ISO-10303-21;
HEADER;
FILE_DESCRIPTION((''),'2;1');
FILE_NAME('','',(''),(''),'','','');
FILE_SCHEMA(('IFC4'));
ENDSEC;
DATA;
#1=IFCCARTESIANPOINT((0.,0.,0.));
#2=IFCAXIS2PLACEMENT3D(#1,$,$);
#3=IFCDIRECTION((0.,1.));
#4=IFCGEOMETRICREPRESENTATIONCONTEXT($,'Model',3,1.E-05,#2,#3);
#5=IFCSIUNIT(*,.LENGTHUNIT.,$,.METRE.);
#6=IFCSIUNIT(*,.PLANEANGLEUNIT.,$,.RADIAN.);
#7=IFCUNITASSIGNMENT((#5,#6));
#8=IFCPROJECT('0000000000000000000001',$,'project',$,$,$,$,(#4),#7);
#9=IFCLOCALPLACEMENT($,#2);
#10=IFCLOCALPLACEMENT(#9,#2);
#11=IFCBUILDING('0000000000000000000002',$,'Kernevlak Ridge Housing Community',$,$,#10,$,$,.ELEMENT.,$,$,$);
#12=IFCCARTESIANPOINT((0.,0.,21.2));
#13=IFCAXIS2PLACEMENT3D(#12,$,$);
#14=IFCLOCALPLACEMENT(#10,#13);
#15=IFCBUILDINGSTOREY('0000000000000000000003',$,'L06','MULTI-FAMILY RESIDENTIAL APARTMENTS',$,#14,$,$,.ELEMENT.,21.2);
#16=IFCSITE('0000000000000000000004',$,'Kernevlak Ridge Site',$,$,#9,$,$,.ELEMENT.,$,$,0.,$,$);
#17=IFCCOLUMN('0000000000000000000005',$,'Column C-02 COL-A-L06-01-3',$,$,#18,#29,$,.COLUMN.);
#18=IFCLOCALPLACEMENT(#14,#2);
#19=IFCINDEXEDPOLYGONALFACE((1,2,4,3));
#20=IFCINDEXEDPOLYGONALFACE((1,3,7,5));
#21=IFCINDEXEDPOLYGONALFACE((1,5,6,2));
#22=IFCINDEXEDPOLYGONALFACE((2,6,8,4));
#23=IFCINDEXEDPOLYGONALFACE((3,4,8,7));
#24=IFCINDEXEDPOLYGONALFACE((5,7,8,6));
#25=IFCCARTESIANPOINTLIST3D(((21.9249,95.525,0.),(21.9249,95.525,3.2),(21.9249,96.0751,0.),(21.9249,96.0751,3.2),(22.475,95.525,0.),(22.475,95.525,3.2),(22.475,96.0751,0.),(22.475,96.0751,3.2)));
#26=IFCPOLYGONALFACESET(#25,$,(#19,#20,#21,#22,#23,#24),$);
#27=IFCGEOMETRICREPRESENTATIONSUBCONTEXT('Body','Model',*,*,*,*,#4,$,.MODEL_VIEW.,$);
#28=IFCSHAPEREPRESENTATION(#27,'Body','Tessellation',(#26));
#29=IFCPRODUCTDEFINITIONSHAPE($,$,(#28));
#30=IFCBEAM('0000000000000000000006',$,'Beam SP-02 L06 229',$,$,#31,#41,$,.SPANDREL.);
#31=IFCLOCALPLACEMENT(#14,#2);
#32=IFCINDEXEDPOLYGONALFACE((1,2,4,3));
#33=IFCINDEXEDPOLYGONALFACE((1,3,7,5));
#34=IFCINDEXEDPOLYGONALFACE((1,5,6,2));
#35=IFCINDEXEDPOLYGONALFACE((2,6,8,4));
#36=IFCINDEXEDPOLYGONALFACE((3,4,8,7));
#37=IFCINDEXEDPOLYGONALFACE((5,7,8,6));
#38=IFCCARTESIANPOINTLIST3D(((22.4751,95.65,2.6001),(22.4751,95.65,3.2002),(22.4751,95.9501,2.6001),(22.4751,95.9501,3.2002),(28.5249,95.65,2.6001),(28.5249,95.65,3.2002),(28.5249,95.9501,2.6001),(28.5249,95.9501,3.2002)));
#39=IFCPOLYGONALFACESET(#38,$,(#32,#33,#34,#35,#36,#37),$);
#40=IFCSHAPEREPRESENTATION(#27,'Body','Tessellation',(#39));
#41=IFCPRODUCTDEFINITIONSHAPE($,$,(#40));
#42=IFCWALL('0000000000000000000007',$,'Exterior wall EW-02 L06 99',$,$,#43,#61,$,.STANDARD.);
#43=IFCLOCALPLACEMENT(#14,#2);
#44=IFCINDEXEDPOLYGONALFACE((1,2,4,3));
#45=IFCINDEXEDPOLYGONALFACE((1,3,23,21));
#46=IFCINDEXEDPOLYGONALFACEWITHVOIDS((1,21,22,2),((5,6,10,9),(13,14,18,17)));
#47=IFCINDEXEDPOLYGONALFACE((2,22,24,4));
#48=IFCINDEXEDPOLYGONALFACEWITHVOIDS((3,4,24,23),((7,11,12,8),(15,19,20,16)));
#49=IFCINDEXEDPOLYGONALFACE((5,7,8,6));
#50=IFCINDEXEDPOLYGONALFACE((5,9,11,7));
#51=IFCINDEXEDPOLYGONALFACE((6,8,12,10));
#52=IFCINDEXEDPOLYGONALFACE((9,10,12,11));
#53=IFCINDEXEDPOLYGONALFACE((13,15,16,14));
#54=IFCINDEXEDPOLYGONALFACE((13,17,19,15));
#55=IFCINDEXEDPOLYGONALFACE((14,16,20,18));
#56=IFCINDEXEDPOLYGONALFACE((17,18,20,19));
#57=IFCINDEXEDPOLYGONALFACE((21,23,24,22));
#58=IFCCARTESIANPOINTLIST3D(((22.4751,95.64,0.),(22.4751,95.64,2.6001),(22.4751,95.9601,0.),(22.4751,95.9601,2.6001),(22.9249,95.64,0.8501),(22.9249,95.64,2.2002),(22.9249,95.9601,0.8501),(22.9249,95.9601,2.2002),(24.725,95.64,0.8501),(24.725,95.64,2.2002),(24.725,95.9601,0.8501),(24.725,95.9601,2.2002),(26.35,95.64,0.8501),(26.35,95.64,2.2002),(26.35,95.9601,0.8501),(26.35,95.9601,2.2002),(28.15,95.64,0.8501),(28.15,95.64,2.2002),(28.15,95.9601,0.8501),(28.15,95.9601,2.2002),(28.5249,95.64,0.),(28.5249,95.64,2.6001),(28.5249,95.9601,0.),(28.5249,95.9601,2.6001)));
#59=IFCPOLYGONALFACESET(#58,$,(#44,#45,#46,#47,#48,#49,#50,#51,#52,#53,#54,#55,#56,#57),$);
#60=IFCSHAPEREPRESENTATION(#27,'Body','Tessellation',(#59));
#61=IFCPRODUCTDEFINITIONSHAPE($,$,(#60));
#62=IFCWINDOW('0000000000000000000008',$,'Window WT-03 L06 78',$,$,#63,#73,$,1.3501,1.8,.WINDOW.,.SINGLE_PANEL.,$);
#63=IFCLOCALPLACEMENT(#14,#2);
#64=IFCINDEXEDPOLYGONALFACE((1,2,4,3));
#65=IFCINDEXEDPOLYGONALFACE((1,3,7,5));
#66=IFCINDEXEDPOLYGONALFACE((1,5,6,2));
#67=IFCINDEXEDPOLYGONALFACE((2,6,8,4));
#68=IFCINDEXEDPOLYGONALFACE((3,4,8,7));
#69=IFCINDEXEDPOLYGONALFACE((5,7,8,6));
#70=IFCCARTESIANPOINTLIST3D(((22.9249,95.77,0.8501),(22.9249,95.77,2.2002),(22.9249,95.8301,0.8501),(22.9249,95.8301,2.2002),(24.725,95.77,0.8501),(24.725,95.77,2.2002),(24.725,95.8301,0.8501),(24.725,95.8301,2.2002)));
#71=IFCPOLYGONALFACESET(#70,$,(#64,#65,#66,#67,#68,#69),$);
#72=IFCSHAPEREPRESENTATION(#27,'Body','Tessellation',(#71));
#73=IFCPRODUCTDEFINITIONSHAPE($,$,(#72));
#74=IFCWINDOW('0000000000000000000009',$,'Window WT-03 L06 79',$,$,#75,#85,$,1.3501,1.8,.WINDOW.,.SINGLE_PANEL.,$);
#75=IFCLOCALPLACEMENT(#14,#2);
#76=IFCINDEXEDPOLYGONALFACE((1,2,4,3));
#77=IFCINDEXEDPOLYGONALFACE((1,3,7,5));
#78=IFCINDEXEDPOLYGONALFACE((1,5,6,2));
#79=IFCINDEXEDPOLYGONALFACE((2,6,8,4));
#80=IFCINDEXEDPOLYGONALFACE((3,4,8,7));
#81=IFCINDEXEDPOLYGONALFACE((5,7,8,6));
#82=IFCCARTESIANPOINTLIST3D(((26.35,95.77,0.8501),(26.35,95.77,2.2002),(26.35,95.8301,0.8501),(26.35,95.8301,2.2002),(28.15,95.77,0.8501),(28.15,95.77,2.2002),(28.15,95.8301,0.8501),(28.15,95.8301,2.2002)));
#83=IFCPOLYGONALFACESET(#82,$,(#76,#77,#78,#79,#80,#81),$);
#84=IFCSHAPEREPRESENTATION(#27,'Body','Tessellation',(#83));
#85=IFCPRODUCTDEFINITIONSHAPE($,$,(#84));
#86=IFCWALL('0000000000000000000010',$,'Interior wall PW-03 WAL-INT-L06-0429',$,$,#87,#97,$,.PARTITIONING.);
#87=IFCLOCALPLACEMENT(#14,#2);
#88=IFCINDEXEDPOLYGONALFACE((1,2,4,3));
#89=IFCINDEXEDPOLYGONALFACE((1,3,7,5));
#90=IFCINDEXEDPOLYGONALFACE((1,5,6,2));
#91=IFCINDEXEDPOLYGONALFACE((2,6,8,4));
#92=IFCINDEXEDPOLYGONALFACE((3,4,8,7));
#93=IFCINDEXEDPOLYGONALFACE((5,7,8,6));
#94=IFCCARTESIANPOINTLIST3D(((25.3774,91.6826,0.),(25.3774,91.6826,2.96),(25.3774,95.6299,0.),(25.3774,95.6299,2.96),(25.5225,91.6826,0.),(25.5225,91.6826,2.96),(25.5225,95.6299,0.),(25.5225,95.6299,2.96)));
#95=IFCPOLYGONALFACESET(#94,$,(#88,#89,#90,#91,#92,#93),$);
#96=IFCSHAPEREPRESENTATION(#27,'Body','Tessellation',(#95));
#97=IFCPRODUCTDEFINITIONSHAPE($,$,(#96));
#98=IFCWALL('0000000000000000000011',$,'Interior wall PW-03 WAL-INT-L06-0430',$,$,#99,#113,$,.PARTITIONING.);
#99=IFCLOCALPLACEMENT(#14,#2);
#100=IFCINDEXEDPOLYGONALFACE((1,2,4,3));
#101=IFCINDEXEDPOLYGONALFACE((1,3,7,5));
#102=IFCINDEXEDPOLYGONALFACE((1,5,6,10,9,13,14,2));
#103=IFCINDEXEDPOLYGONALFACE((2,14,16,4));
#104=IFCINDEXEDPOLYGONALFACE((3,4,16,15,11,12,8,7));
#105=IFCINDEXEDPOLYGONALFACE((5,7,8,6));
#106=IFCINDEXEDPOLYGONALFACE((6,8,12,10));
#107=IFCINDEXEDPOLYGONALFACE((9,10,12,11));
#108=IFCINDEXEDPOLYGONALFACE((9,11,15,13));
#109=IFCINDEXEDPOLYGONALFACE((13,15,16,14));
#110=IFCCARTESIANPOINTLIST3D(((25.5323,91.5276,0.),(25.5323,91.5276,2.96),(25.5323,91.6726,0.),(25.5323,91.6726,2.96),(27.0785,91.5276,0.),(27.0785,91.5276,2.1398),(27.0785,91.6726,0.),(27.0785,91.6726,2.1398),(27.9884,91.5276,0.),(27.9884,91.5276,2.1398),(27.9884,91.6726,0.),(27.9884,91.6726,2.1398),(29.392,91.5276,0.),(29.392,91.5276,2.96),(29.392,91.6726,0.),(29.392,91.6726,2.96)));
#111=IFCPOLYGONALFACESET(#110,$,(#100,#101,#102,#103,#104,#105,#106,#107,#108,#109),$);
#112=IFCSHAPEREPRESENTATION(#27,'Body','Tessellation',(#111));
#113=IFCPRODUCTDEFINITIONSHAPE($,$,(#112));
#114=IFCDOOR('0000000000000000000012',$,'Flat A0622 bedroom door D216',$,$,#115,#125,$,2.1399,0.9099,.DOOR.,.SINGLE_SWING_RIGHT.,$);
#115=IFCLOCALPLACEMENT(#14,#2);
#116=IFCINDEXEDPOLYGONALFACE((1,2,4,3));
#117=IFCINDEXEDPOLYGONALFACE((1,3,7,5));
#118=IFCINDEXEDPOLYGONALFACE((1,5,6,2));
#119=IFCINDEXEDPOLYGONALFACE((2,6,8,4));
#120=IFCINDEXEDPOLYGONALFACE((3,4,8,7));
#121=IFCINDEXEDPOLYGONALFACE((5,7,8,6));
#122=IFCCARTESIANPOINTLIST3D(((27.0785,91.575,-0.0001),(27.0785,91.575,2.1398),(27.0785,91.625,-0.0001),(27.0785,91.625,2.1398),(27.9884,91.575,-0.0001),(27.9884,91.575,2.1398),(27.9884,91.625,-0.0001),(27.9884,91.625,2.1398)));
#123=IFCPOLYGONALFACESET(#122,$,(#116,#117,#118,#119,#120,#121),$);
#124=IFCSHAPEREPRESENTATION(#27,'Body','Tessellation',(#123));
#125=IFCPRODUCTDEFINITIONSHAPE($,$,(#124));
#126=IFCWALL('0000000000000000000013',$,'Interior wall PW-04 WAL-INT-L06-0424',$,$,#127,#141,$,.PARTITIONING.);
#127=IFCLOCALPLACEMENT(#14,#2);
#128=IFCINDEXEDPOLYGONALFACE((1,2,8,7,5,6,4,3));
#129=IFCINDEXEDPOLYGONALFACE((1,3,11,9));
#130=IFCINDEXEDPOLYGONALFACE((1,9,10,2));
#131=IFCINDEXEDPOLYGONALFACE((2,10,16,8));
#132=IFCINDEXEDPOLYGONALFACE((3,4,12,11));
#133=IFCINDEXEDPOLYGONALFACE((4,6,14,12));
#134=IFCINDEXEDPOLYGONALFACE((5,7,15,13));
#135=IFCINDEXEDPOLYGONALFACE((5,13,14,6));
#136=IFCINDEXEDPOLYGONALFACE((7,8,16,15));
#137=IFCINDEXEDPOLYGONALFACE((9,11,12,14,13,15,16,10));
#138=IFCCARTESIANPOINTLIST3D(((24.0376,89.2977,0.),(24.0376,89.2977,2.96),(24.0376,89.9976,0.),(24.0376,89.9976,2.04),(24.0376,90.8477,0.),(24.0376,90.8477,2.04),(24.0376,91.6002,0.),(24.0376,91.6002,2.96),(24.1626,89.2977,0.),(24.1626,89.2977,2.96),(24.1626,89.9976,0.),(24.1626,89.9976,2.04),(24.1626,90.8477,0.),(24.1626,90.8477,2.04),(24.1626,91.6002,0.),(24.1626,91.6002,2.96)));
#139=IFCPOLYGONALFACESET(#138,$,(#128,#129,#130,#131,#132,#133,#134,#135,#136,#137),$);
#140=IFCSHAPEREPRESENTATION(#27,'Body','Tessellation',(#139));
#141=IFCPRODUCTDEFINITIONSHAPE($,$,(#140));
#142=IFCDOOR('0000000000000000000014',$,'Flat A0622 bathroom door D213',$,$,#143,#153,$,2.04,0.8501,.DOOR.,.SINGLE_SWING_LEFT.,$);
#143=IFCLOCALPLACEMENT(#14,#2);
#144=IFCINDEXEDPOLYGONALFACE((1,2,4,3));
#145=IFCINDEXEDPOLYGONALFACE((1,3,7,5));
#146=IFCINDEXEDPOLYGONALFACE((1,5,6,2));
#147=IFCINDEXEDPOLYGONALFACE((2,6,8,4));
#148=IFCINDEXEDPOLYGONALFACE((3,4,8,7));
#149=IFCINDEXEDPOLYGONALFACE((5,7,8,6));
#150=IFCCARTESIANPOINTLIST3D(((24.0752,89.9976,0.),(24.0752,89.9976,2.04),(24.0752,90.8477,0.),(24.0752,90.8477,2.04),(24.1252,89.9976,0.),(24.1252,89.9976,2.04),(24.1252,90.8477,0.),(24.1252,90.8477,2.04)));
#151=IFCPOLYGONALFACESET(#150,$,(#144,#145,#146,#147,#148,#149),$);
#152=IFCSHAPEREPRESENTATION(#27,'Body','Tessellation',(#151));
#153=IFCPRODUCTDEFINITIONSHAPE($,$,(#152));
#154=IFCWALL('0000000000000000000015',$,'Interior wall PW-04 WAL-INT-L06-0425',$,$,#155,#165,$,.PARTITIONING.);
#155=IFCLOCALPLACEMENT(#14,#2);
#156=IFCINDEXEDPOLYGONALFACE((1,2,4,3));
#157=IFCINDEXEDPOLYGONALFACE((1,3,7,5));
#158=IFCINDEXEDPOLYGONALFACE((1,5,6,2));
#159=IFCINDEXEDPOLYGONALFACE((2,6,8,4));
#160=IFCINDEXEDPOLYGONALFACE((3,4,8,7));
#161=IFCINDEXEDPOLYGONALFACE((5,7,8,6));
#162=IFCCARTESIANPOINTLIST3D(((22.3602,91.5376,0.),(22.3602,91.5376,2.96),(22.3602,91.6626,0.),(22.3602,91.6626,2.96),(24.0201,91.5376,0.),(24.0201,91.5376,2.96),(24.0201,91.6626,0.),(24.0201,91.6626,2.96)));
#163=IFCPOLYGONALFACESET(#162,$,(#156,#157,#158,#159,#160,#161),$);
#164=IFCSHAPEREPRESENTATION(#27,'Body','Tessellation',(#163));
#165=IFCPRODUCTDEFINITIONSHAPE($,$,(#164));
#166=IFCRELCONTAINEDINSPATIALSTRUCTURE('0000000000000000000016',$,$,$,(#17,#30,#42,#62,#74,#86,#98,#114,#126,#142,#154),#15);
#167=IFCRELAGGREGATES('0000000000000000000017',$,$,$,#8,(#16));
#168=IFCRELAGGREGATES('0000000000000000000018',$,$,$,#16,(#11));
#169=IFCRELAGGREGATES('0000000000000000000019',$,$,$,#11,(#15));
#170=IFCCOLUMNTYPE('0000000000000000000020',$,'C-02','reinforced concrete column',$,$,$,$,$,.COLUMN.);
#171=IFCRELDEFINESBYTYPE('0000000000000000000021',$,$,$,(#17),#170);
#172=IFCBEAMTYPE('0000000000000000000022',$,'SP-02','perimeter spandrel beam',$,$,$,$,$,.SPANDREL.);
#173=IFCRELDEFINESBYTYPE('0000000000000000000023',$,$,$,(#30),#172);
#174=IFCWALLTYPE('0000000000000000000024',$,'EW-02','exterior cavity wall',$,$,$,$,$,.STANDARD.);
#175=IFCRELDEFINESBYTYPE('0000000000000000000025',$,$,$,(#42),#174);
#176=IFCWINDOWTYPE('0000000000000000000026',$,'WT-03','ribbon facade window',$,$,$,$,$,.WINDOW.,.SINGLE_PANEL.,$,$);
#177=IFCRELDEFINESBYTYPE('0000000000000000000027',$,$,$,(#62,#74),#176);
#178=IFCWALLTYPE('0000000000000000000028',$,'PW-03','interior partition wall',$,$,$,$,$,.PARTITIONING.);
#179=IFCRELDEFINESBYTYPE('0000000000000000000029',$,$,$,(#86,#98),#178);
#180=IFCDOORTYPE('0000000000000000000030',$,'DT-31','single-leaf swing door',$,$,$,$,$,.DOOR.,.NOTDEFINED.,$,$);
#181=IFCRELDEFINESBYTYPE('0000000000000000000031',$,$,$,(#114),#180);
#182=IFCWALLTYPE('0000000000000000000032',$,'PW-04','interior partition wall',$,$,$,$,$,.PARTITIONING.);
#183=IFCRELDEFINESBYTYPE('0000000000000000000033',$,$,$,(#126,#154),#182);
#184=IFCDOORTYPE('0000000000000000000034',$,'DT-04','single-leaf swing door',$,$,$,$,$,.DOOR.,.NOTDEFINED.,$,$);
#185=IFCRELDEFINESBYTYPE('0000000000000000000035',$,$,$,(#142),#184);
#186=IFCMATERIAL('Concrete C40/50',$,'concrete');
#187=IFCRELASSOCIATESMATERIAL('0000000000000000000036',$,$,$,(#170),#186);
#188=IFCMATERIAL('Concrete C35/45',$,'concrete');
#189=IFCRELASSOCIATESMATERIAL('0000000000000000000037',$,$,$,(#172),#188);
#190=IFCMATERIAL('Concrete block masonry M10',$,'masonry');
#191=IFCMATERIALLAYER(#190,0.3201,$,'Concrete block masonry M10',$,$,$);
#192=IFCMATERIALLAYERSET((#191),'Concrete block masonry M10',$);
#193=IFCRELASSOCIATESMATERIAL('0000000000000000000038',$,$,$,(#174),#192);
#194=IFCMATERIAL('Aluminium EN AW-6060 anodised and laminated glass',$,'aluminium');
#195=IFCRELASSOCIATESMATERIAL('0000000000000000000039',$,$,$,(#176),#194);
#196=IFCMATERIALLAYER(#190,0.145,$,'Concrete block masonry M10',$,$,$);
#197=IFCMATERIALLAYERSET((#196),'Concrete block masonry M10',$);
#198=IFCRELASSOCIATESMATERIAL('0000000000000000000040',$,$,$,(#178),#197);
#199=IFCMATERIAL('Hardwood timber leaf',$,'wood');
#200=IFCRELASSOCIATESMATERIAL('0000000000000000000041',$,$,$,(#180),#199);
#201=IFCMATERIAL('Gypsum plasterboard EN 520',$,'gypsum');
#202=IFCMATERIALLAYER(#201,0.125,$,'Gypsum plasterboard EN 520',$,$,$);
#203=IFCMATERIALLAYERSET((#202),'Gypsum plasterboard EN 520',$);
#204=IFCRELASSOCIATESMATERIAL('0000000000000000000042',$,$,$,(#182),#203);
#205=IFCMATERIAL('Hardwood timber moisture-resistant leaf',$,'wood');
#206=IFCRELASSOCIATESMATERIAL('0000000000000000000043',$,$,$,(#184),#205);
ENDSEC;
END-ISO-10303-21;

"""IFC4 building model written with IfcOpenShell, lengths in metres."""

from ifc_helpers import new_model, si_unit, direction, frame, frame_2d, origin, origin_2d, place, context, subcontext, project, spatial, rectangle, extrude, material, layer, layer_set, material_profile, profile_set, type_object, element, fill, save


model = new_model("IFC4")

# Units and contexts
model_context = context("Model", 3, precision=1e-05, world=origin(), true_north=direction((0.0, 1.0)))
body_context = subcontext(model_context, "Body", "Model", "MODEL_VIEW")
ifc_project = project(units=[si_unit("LENGTHUNIT", "METRE"), si_unit("PLANEANGLEUNIT", "RADIAN")], contexts=[model_context])

# Site, building, storey
site_placement = place(None, origin())
site = spatial("IfcSite", under=ifc_project, at=site_placement, Name="Kernevlak Ridge Site", CompositionType="ELEMENT", RefElevation=0.0)
building_placement = place(site_placement, origin())
building = spatial("IfcBuilding", under=site, at=building_placement, Name="Kernevlak Ridge Housing Community", CompositionType="ELEMENT")
storey_placement = place(building_placement, frame((0.0, 0.0, 21.2)))
storey = spatial("IfcBuildingStorey", under=building, at=storey_placement, Name="L06", Description="MULTI-FAMILY RESIDENTIAL APARTMENTS", CompositionType="ELEMENT", Elevation=21.2)

# Column
ifc_material_1 = material(Name="Concrete C40/50", Category="concrete")
ifc_material_profile_1 = material_profile(ifc_material_1, rectangle(XDim=0.55, YDim=0.55, at=origin_2d()), Name="RC 550x550")
ifc_profile_set_1 = profile_set([ifc_material_profile_1], Name="Concrete C40/50")
column_type = type_object("IfcColumnType", Name="C-02", Description="reinforced concrete column", PredefinedType="COLUMN", material=ifc_profile_set_1)
column_placement = place(storey_placement, frame((22.2, 95.8, 0.0), z_axis=(0.0, 0.0, 1.0), x_axis=(1.0, 0.0, 0.0)))
element("IfcColumn", 1, at=column_placement, inside=storey, type_object=column_type, Name="Column C-02 COL-A-L06-01-3", PredefinedType="COLUMN", context=body_context, shape_type="SweptSolid", body=[
    extrude(rectangle(XDim=0.55, YDim=0.55, at=origin_2d()), origin(), (0.0, 0.0, 1.0), 3.2),
])

# Beam
ifc_material_2 = material(Name="Concrete C35/45", Category="concrete")
ifc_material_profile_2 = material_profile(ifc_material_2, rectangle(XDim=0.3, YDim=0.6001, at=origin_2d()), Name="RC 300x600")
ifc_profile_set_2 = profile_set([ifc_material_profile_2], Name="Concrete C35/45")
beam_type = type_object("IfcBeamType", Name="SP-02", Description="perimeter spandrel beam", PredefinedType="SPANDREL", material=ifc_profile_set_2)
beam_placement = place(storey_placement, frame((22.4751, 95.8, 2.9001), z_axis=(1.0, 0.0, 0.0), x_axis=(0.0, 1.0, 0.0)))
element("IfcBeam", 2, at=beam_placement, inside=storey, type_object=beam_type, Name="Beam SP-02 L06 229", PredefinedType="SPANDREL", context=body_context, shape_type="SweptSolid", body=[
    extrude(rectangle(XDim=0.3, YDim=0.6001, at=origin_2d()), origin(), (0.0, 0.0, 1.0), 6.0498),
])

# Wall, openings, windows
ifc_material_3 = material(Name="Concrete block masonry M10", Category="masonry")
ifc_layer_1 = layer(ifc_material_3, 0.3201, Name="Concrete block masonry M10")
ifc_layer_set_1 = layer_set([ifc_layer_1], Name="Concrete block masonry M10")
wall_type_1 = type_object("IfcWallType", Name="EW-02", Description="exterior cavity wall", PredefinedType="STANDARD", material=ifc_layer_set_1)
wall_1_placement = place(storey_placement, frame((22.4751, 95.8, 0.0), z_axis=(0.0, 0.0, 1.0), x_axis=(1.0, 0.0, 0.0)))
wall_1 = element("IfcWall", 3, at=wall_1_placement, inside=storey, type_object=wall_type_1, Name="Exterior wall EW-02 L06 99", PredefinedType="STANDARD", context=body_context, shape_type="SweptSolid", body=[
    extrude(rectangle(XDim=6.0498, YDim=0.3201, at=frame_2d((3.0249, 0.0))), origin(), (0.0, 0.0, 1.0), 2.6001),
])
opening_1_placement = place(wall_1_placement, frame((0.45, 0.0, 0.8501)))
opening_1 = element("IfcOpeningElement", 4, at=opening_1_placement, cuts=wall_1, PredefinedType="OPENING", context=body_context, shape_type="SweptSolid", body=[
    extrude(rectangle(XDim=1.8, YDim=1.3501, at=frame_2d((0.8999, 0.675))), frame((0.0, 0.1699, 0.0), z_axis=(0.0, -1.0, 0.0), x_axis=(1.0, 0.0, 0.0)), (0.0, 0.0, 1.0), 0.3401),
])
opening_2_placement = place(wall_1_placement, frame((3.875, 0.0, 0.8501)))
opening_2 = element("IfcOpeningElement", 5, at=opening_2_placement, cuts=wall_1, PredefinedType="OPENING", context=body_context, shape_type="SweptSolid", body=[
    extrude(rectangle(XDim=1.8, YDim=1.3501, at=frame_2d((0.8999, 0.675))), frame((0.0, 0.1699, 0.0), z_axis=(0.0, -1.0, 0.0), x_axis=(1.0, 0.0, 0.0)), (0.0, 0.0, 1.0), 0.3401),
])
ifc_material_4 = material(Name="Aluminium EN AW-6060 anodised and laminated glass", Category="aluminium")
window_type = type_object("IfcWindowType", Name="WT-03", Description="ribbon facade window", PartitioningType="SINGLE_PANEL", PredefinedType="WINDOW", material=ifc_material_4)
window_1_placement = place(opening_1_placement, origin())
window_1 = element("IfcWindow", 6, at=window_1_placement, inside=storey, type_object=window_type, Name="Window WT-03 L06 78", OverallHeight=1.3501, OverallWidth=1.8, PartitioningType="SINGLE_PANEL", PredefinedType="WINDOW", context=body_context, shape_type="SweptSolid", body=[
    extrude(rectangle(XDim=1.8, YDim=1.3501, at=frame_2d((0.8999, 0.675))), frame((0.0, 0.03, 0.0), z_axis=(0.0, -1.0, 0.0), x_axis=(1.0, 0.0, 0.0)), (0.0, 0.0, 1.0), 0.0601),
])
fill(opening_1, window_1)
window_2_placement = place(opening_2_placement, origin())
window_2 = element("IfcWindow", 7, at=window_2_placement, inside=storey, type_object=window_type, Name="Window WT-03 L06 79", OverallHeight=1.3501, OverallWidth=1.8, PartitioningType="SINGLE_PANEL", PredefinedType="WINDOW", context=body_context, shape_type="SweptSolid", body=[
    extrude(rectangle(XDim=1.8, YDim=1.3501, at=frame_2d((0.8999, 0.675))), frame((0.0, 0.03, 0.0), z_axis=(0.0, -1.0, 0.0), x_axis=(1.0, 0.0, 0.0)), (0.0, 0.0, 1.0), 0.0601),
])
fill(opening_2, window_2)

# Shared definitions
ifc_layer_2 = layer(ifc_material_3, 0.145, Name="Concrete block masonry M10")
ifc_layer_set_2 = layer_set([ifc_layer_2], Name="Concrete block masonry M10")
wall_type_2 = type_object("IfcWallType", Name="PW-03", Description="interior partition wall", PredefinedType="PARTITIONING", material=ifc_layer_set_2)
ifc_material_5 = material(Name="Hardwood timber leaf", Category="wood")

# Wall
wall_2_placement = place(storey_placement, frame((25.45, 91.6826, 0.0), z_axis=(0.0, 0.0, 1.0), x_axis=(0.0, 1.0, 0.0)))
element("IfcWall", 8, at=wall_2_placement, inside=storey, type_object=wall_type_2, Name="Interior wall PW-03 WAL-INT-L06-0429", PredefinedType="PARTITIONING", context=body_context, shape_type="SweptSolid", body=[
    extrude(rectangle(XDim=3.9473, YDim=0.145, at=frame_2d((1.9736, 0.0))), origin(), (0.0, 0.0, 1.0), 2.96),
])

# Walls, openings, doors
wall_3_placement = place(storey_placement, frame((25.5325, 91.6001, 0.0), z_axis=(0.0, 0.0, 1.0), x_axis=(1.0, 0.0, 0.0)))
wall_3 = element("IfcWall", 9, at=wall_3_placement, inside=storey, type_object=wall_type_2, Name="Interior wall PW-03 WAL-INT-L06-0430", PredefinedType="PARTITIONING", context=body_context, shape_type="SweptSolid", body=[
    extrude(rectangle(XDim=3.8596, YDim=0.145, at=frame_2d((1.9297, 0.0))), origin(), (0.0, 0.0, 1.0), 2.96),
])
opening_3_placement = place(wall_3_placement, frame((1.5459, 0.0, 0.0)))
opening_3 = element("IfcOpeningElement", 10, at=opening_3_placement, cuts=wall_3, PredefinedType="OPENING", context=body_context, shape_type="SweptSolid", body=[
    extrude(rectangle(XDim=0.9099, YDim=2.1399, at=frame_2d((0.4551, 1.0698))), frame((0.0, 0.0825, 0.0), z_axis=(0.0, -1.0, 0.0), x_axis=(1.0, 0.0, 0.0)), (0.0, 0.0, 1.0), 0.165),
])
door_type_1 = type_object("IfcDoorType", Name="DT-31", Description="single-leaf swing door", OperationType="NOTDEFINED", PredefinedType="DOOR", material=ifc_material_5)
door_1_placement = place(opening_3_placement, origin())
door_1 = element("IfcDoor", 11, at=door_1_placement, inside=storey, type_object=door_type_1, Name="Flat A0622 bedroom door D216", OperationType="SINGLE_SWING_RIGHT", OverallHeight=2.1399, OverallWidth=0.9099, PredefinedType="DOOR", context=body_context, shape_type="SweptSolid", body=[
    extrude(rectangle(XDim=0.9099, YDim=2.1399, at=frame_2d((0.4551, 1.0698))), frame((0.0, 0.0249, 0.0), z_axis=(0.0, -1.0, 0.0), x_axis=(1.0, 0.0, 0.0)), (0.0, 0.0, 1.0), 0.05),
])
fill(opening_3, door_1)
ifc_material_6 = material(Name="Gypsum plasterboard EN 520", Category="gypsum")
ifc_layer_3 = layer(ifc_material_6, 0.125, Name="Gypsum plasterboard EN 520")
ifc_layer_set_3 = layer_set([ifc_layer_3], Name="Gypsum plasterboard EN 520")
wall_type_3 = type_object("IfcWallType", Name="PW-04", Description="interior partition wall", PredefinedType="PARTITIONING", material=ifc_layer_set_3)
wall_4_placement = place(storey_placement, frame((24.1001, 89.2976, 0.0), z_axis=(0.0, 0.0, 1.0), x_axis=(0.0, 1.0, 0.0)))
wall_4 = element("IfcWall", 12, at=wall_4_placement, inside=storey, type_object=wall_type_3, Name="Interior wall PW-04 WAL-INT-L06-0424", PredefinedType="PARTITIONING", context=body_context, shape_type="SweptSolid", body=[
    extrude(rectangle(XDim=2.3025, YDim=0.125, at=frame_2d((1.1514, 0.0))), origin(), (0.0, 0.0, 1.0), 2.96),
])
opening_4_placement = place(wall_4_placement, frame((0.7, 0.0, 0.0)))
opening_4 = element("IfcOpeningElement", 13, at=opening_4_placement, cuts=wall_4, PredefinedType="OPENING", context=body_context, shape_type="SweptSolid", body=[
    extrude(rectangle(XDim=0.8501, YDim=2.04, at=frame_2d((0.425, 1.02))), frame((0.0, 0.0725, 0.0), z_axis=(0.0, -1.0, 0.0), x_axis=(1.0, 0.0, 0.0)), (0.0, 0.0, 1.0), 0.145),
])
ifc_material_7 = material(Name="Hardwood timber moisture-resistant leaf", Category="wood")
door_type_2 = type_object("IfcDoorType", Name="DT-04", Description="single-leaf swing door", OperationType="NOTDEFINED", PredefinedType="DOOR", material=ifc_material_7)
door_2_placement = place(opening_4_placement, origin())
door_2 = element("IfcDoor", 14, at=door_2_placement, inside=storey, type_object=door_type_2, Name="Flat A0622 bathroom door D213", OperationType="SINGLE_SWING_LEFT", OverallHeight=2.04, OverallWidth=0.8501, PredefinedType="DOOR", context=body_context, shape_type="SweptSolid", body=[
    extrude(rectangle(XDim=0.8501, YDim=2.04, at=frame_2d((0.425, 1.02))), frame((0.0, 0.0249, 0.0), z_axis=(0.0, -1.0, 0.0), x_axis=(1.0, 0.0, 0.0)), (0.0, 0.0, 1.0), 0.05),
])
fill(opening_4, door_2)

# Wall
wall_5_placement = place(storey_placement, frame((22.3601, 91.6001, 0.0), z_axis=(0.0, 0.0, 1.0), x_axis=(1.0, 0.0, 0.0)))
element("IfcWall", 15, at=wall_5_placement, inside=storey, type_object=wall_type_3, Name="Interior wall PW-04 WAL-INT-L06-0425", PredefinedType="PARTITIONING", context=body_context, shape_type="SweptSolid", body=[
    extrude(rectangle(XDim=1.6599, YDim=0.125, at=frame_2d((0.8301, 0.0))), origin(), (0.0, 0.0, 1.0), 2.96),
])

save(model, "model.ifc")
